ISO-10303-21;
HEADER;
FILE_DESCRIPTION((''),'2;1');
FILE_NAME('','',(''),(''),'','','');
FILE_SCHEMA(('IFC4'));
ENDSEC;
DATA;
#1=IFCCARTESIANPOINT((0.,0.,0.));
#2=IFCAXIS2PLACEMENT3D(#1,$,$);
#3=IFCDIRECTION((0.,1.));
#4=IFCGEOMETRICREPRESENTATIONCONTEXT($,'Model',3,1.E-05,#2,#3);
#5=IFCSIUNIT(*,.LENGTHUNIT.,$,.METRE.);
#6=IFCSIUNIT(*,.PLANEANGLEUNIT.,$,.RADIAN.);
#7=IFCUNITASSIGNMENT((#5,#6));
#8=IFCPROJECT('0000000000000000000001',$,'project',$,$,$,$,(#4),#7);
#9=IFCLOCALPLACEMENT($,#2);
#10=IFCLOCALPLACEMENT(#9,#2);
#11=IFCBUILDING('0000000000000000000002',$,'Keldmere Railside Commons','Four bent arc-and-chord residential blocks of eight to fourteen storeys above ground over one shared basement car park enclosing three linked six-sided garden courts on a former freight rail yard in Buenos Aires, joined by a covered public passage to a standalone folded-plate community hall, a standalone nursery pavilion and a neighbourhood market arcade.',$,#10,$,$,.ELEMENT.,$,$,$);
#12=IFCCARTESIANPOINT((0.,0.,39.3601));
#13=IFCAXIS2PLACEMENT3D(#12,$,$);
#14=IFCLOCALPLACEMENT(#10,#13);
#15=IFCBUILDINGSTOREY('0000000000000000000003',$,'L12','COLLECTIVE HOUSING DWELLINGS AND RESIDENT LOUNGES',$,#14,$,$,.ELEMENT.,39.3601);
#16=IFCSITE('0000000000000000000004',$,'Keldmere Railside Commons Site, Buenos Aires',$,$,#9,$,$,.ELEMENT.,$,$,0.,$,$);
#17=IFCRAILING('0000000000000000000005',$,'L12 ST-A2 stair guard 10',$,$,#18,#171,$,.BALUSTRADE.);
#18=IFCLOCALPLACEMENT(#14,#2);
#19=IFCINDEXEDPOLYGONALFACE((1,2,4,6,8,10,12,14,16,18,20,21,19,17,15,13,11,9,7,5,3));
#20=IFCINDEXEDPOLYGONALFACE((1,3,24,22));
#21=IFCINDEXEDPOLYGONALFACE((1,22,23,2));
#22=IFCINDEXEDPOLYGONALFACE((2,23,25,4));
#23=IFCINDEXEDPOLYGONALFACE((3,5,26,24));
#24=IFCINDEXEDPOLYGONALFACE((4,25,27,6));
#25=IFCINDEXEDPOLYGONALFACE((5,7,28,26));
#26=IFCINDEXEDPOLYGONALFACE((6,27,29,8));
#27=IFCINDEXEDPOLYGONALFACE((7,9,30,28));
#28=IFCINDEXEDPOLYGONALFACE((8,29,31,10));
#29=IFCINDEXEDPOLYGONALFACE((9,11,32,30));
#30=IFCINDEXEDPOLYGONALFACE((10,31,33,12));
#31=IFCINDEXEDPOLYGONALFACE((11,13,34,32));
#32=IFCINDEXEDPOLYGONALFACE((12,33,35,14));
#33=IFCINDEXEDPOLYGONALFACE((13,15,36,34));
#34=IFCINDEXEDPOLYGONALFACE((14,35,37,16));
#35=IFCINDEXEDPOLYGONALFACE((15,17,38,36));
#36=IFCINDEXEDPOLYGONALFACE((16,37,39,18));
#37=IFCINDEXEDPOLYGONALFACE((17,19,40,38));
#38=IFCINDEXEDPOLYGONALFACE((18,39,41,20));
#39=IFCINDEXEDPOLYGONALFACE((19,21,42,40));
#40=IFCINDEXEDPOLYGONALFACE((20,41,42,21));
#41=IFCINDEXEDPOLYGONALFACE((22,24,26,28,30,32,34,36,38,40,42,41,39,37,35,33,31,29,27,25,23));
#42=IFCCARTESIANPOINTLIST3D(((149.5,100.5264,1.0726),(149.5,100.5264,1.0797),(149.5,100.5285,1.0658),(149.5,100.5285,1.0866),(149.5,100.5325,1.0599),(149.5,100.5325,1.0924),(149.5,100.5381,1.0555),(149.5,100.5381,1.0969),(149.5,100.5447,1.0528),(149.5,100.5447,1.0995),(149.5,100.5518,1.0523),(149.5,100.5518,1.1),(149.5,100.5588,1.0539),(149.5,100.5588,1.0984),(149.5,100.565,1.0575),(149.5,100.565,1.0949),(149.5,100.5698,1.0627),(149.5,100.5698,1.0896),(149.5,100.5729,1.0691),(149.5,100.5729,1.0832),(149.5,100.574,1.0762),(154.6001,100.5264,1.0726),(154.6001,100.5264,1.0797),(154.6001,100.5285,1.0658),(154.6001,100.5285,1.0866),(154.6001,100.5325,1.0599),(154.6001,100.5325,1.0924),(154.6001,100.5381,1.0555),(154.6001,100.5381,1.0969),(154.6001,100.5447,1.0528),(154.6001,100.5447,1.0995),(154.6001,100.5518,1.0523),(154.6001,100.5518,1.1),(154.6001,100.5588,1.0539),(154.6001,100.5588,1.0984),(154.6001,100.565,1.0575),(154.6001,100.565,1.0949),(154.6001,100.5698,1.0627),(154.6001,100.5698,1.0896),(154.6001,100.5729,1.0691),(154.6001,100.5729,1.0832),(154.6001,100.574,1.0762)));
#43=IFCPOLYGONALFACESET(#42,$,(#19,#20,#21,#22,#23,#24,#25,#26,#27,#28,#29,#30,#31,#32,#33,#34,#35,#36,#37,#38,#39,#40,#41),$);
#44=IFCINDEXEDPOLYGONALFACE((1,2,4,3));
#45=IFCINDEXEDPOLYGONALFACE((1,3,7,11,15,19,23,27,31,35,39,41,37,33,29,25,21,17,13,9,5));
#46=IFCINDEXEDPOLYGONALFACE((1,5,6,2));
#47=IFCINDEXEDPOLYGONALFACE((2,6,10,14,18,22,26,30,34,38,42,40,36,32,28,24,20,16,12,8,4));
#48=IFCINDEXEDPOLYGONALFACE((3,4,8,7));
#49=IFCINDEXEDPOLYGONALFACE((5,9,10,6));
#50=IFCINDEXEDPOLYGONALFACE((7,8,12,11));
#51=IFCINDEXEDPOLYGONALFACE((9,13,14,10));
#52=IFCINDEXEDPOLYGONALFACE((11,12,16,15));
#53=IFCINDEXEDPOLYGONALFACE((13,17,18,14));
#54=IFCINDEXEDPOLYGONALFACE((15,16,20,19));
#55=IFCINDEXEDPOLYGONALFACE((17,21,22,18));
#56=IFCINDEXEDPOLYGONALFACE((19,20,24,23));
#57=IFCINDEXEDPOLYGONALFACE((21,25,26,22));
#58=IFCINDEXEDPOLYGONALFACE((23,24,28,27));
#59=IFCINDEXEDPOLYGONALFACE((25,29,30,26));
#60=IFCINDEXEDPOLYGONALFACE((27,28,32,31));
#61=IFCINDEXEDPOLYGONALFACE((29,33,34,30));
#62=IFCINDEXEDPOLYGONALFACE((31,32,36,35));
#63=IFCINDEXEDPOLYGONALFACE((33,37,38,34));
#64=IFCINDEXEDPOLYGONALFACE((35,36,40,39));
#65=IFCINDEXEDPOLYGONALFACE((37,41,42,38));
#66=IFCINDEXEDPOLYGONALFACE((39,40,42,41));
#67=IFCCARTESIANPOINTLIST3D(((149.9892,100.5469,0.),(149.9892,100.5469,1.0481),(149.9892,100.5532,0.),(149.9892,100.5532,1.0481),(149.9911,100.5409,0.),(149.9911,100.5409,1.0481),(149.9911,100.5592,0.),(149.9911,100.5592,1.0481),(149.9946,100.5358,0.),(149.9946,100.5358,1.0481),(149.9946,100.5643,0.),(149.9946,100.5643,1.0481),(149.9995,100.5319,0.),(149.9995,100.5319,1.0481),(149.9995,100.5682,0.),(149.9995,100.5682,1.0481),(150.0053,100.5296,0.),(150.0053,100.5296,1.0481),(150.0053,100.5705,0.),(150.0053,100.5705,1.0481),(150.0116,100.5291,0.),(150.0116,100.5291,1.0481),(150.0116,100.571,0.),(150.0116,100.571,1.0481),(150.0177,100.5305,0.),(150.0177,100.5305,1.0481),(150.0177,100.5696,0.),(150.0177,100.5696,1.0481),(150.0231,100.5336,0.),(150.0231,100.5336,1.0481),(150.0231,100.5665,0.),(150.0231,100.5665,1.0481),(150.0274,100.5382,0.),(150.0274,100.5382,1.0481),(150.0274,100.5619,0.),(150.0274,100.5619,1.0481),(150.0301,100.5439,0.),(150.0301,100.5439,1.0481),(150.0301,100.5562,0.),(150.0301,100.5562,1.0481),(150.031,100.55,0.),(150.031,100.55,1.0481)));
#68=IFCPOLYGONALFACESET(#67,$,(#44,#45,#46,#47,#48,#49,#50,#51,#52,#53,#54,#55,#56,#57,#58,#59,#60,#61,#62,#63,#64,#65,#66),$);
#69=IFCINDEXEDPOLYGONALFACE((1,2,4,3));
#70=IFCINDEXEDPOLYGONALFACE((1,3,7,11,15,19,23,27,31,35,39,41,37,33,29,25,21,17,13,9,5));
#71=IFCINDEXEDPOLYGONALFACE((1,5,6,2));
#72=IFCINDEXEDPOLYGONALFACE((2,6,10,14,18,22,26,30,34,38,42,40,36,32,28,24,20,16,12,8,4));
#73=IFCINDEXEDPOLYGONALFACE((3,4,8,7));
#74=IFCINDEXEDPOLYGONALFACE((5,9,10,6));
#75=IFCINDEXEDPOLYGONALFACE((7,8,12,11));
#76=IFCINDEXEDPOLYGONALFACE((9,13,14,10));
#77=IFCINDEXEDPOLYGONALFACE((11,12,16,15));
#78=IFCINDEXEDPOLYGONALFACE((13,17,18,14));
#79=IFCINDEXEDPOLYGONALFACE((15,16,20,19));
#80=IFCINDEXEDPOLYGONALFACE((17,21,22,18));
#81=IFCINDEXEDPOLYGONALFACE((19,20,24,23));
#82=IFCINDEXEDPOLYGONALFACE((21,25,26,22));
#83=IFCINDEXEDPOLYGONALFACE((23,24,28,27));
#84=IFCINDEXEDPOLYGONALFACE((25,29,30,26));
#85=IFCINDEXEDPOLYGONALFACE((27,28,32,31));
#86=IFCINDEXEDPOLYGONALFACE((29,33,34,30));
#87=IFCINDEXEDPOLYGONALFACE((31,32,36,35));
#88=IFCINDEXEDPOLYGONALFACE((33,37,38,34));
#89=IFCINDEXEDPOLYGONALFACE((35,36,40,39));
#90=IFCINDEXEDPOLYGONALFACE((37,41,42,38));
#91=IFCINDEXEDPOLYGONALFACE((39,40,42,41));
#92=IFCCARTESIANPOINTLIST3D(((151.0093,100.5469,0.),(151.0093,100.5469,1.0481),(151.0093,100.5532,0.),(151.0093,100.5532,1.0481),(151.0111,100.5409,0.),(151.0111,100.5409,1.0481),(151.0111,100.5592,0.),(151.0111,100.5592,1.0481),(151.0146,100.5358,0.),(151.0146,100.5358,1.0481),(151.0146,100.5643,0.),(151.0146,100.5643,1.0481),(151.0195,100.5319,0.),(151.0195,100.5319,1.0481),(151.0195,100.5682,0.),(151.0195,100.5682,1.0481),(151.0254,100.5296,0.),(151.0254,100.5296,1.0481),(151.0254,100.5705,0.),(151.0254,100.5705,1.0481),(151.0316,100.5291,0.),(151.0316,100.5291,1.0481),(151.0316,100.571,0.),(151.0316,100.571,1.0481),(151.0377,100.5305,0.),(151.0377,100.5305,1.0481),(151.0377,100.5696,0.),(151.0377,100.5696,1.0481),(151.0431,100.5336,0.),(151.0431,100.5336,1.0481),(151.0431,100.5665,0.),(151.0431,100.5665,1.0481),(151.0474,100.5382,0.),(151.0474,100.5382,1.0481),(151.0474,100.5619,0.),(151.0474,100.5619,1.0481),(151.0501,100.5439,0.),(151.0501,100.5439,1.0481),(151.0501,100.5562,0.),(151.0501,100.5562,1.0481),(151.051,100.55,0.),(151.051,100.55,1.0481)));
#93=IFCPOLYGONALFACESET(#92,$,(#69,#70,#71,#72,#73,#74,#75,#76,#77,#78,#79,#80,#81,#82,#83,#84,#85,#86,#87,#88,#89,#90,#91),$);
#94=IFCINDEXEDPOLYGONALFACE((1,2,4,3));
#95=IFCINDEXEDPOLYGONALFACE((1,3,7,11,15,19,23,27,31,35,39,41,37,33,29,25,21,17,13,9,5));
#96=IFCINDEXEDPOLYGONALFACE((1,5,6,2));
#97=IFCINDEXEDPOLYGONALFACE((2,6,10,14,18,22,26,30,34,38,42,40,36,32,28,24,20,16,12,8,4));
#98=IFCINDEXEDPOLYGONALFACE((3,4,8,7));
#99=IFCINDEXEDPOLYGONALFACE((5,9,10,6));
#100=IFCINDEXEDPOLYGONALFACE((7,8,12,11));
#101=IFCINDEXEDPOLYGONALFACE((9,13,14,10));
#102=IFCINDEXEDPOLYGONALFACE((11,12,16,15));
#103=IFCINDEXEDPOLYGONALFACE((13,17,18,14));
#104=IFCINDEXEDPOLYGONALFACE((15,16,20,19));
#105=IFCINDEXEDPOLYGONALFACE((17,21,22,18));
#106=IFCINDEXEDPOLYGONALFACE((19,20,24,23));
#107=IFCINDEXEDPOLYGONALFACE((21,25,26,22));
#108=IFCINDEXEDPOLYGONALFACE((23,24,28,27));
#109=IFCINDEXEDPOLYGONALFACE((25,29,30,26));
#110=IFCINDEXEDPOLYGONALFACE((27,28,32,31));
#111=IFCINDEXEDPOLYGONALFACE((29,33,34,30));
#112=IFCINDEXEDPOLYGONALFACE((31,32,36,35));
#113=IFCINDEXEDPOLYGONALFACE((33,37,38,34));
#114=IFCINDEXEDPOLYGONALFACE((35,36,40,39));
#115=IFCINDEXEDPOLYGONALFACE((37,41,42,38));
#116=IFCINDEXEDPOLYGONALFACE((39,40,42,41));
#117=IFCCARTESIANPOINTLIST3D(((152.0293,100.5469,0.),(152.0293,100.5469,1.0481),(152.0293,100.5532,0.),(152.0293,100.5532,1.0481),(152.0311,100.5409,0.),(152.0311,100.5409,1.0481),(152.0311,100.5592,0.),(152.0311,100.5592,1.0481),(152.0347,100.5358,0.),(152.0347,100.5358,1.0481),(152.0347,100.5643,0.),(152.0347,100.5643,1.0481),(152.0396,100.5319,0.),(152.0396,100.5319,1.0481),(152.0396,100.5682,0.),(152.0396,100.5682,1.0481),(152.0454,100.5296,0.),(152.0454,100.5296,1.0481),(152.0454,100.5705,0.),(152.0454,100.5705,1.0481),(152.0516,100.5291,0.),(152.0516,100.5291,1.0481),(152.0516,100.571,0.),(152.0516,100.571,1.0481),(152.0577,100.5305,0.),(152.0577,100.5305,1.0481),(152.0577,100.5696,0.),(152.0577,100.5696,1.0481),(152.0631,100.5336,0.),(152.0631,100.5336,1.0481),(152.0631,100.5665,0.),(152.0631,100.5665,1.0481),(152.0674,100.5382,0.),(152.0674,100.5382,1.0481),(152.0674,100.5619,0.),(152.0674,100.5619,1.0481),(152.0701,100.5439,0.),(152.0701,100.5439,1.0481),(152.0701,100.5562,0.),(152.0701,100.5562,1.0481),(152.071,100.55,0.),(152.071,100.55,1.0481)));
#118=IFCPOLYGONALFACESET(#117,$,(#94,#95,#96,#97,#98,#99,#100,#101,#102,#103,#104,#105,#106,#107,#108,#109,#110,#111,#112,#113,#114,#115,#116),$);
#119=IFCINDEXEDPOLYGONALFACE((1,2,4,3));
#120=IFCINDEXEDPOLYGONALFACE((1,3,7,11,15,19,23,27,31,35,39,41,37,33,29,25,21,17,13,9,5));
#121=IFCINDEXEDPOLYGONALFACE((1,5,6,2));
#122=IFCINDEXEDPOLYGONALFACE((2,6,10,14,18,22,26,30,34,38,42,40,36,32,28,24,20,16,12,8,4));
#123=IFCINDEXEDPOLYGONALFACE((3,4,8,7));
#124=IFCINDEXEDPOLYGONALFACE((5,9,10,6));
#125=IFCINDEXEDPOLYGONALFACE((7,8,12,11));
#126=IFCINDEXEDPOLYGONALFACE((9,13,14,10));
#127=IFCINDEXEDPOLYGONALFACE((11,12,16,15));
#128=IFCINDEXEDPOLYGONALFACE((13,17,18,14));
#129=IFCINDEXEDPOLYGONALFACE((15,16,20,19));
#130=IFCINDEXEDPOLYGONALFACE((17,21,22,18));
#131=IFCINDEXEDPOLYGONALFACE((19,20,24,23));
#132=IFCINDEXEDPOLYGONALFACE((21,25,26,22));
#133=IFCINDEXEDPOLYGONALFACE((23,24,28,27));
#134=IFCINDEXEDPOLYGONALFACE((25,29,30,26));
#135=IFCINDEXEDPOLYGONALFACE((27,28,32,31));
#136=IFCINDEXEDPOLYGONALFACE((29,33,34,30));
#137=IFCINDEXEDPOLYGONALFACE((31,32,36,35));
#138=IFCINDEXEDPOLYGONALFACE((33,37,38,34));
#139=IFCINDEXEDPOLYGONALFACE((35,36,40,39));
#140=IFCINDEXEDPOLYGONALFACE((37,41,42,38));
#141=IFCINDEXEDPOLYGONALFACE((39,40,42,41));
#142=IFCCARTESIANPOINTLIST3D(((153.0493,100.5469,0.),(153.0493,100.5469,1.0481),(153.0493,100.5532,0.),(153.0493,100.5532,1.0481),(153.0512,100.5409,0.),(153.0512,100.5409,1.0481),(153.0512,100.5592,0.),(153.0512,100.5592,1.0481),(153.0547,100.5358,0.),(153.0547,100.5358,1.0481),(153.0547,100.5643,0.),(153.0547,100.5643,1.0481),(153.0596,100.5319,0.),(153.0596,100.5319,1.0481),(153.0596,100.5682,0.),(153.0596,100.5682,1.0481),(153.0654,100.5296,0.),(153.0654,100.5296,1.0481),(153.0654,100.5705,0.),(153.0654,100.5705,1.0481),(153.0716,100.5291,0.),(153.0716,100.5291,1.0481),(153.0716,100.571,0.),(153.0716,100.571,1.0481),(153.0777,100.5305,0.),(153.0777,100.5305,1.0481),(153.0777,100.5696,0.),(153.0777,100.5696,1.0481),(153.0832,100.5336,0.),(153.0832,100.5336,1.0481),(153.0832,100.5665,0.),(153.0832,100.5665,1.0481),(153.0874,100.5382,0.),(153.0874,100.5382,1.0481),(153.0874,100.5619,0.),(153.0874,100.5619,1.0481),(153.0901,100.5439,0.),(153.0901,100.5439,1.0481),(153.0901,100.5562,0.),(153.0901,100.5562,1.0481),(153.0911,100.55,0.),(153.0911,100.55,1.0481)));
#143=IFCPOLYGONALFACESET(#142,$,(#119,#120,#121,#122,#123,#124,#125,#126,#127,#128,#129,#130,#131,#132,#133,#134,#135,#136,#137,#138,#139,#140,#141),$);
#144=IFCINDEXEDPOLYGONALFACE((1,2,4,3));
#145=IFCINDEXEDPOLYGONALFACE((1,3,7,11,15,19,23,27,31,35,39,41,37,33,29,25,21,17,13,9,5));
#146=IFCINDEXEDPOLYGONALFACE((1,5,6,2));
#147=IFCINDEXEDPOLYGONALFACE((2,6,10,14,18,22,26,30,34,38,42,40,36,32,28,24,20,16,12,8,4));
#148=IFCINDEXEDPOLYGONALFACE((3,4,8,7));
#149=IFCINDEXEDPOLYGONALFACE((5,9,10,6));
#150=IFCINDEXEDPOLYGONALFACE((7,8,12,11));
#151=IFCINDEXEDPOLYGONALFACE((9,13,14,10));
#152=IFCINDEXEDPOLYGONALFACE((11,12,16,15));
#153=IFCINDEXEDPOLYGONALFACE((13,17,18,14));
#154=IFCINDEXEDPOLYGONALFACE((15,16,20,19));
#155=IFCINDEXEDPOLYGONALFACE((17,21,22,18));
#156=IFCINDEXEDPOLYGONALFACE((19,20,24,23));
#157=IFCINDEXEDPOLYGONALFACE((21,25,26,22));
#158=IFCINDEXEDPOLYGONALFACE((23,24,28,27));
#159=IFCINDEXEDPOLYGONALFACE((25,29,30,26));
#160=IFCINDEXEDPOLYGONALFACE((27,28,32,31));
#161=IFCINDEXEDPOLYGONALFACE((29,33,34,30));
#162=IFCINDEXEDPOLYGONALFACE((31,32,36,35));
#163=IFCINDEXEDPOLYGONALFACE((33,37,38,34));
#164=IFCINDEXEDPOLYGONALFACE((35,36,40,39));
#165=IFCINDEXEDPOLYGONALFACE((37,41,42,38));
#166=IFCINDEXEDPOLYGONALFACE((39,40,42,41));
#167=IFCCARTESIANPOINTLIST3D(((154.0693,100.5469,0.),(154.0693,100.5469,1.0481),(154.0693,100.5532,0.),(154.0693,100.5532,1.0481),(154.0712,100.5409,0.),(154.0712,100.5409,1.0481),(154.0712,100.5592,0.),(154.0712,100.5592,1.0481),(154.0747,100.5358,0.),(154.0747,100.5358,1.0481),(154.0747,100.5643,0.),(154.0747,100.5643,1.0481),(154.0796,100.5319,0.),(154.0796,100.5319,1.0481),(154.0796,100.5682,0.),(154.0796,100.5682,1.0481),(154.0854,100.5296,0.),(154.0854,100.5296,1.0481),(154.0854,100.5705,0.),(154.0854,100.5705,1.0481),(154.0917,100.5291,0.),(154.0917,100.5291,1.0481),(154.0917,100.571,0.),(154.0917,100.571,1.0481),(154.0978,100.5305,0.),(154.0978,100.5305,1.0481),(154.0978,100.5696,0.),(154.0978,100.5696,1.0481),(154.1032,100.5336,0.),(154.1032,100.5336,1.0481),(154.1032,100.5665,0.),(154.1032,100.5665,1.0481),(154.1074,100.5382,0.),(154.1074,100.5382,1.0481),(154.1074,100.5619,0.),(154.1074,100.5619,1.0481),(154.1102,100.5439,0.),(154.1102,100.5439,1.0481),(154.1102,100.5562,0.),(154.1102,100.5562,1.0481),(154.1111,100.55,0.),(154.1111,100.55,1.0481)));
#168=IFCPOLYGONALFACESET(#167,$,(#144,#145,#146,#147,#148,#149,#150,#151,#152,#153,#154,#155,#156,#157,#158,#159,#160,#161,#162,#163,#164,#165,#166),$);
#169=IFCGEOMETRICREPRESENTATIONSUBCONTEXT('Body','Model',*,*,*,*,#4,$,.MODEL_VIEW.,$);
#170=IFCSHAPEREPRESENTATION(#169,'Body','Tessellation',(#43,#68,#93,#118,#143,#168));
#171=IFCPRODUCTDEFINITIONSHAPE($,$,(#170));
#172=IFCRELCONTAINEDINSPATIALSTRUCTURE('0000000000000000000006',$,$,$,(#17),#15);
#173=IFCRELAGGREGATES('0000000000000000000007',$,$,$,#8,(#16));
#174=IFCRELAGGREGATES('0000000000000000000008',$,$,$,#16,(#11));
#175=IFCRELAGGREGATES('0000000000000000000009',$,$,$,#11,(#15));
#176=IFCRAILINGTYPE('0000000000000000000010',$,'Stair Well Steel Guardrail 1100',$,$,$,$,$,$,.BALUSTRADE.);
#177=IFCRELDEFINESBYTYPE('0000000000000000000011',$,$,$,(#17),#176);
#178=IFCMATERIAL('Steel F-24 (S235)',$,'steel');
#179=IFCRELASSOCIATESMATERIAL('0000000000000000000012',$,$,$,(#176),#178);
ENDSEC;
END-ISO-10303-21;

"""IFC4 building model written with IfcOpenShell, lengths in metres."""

from ifc_helpers import new_model, si_unit, direction, frame, origin, origin_2d, place, context, subcontext, project, spatial, circle, extrude, material, type_object, element, save


model = new_model("IFC4")

# Units and contexts
model_context = context("Model", 3, precision=1e-05, world=origin(), true_north=direction((0.0, 1.0)))
body_context = subcontext(model_context, "Body", "Model", "MODEL_VIEW")
ifc_project = project(units=[si_unit("LENGTHUNIT", "METRE"), si_unit("PLANEANGLEUNIT", "RADIAN")], contexts=[model_context])

# Site, building, storey
site_placement = place(None, origin())
site = spatial("IfcSite", under=ifc_project, at=site_placement, Name="Keldmere Railside Commons Site, Buenos Aires", CompositionType="ELEMENT", RefElevation=0.0)
building_placement = place(site_placement, origin())
building = spatial("IfcBuilding", under=site, at=building_placement, Name="Keldmere Railside Commons", Description="Four bent arc-and-chord residential blocks of eight to fourteen storeys above ground over one shared basement car park enclosing three linked six-sided garden courts on a former freight rail yard in Buenos Aires, joined by a covered public passage to a standalone folded-plate community hall, a standalone nursery pavilion and a neighbourhood market arcade.", CompositionType="ELEMENT")
storey_placement = place(building_placement, frame((0.0, 0.0, 39.3601)))
storey = spatial("IfcBuildingStorey", under=building, at=storey_placement, Name="L12", Description="COLLECTIVE HOUSING DWELLINGS AND RESIDENT LOUNGES", CompositionType="ELEMENT", Elevation=39.3601)

# Railing
ifc_material_1 = material(Name="Steel F-24 (S235)", Category="steel")
railing_type_1 = type_object("IfcRailingType", Name="Stair Well Steel Guardrail 1100", PredefinedType="BALUSTRADE", material=ifc_material_1)
for number, where, name in (
    (1, (149.5, 100.55, 0.0), "L12 ST-A2 stair guard 10"),
):
    element("IfcRailing", number, at=place(storey_placement, frame(where)), inside=storey, type_object=railing_type_1, Name=name, PredefinedType="BALUSTRADE", context=body_context, shape_type="SweptSolid", body=[
        extrude(circle(Radius=0.0239, at=origin_2d()), frame((0.0, 0.0, 1.0762), z_axis=(1.0, 0.0, 0.0), x_axis=(0.0, 1.0, 0.0)), (0.0, 0.0, 1.0), 5.1001),
        extrude(circle(Radius=0.021, at=origin_2d()), frame((0.51, 0.0, 0.0)), (0.0, 0.0, 1.0), 1.0481),
        extrude(circle(Radius=0.021, at=origin_2d()), frame((1.53, 0.0, 0.0)), (0.0, 0.0, 1.0), 1.0481),
        extrude(circle(Radius=0.021, at=origin_2d()), frame((2.55, 0.0, 0.0)), (0.0, 0.0, 1.0), 1.0481),
        extrude(circle(Radius=0.021, at=origin_2d()), frame((3.5701, 0.0, 0.0)), (0.0, 0.0, 1.0), 1.0481),
        extrude(circle(Radius=0.021, at=origin_2d()), frame((4.5901, 0.0, 0.0)), (0.0, 0.0, 1.0), 1.0481),
    ])

save(model, "model.ifc")
